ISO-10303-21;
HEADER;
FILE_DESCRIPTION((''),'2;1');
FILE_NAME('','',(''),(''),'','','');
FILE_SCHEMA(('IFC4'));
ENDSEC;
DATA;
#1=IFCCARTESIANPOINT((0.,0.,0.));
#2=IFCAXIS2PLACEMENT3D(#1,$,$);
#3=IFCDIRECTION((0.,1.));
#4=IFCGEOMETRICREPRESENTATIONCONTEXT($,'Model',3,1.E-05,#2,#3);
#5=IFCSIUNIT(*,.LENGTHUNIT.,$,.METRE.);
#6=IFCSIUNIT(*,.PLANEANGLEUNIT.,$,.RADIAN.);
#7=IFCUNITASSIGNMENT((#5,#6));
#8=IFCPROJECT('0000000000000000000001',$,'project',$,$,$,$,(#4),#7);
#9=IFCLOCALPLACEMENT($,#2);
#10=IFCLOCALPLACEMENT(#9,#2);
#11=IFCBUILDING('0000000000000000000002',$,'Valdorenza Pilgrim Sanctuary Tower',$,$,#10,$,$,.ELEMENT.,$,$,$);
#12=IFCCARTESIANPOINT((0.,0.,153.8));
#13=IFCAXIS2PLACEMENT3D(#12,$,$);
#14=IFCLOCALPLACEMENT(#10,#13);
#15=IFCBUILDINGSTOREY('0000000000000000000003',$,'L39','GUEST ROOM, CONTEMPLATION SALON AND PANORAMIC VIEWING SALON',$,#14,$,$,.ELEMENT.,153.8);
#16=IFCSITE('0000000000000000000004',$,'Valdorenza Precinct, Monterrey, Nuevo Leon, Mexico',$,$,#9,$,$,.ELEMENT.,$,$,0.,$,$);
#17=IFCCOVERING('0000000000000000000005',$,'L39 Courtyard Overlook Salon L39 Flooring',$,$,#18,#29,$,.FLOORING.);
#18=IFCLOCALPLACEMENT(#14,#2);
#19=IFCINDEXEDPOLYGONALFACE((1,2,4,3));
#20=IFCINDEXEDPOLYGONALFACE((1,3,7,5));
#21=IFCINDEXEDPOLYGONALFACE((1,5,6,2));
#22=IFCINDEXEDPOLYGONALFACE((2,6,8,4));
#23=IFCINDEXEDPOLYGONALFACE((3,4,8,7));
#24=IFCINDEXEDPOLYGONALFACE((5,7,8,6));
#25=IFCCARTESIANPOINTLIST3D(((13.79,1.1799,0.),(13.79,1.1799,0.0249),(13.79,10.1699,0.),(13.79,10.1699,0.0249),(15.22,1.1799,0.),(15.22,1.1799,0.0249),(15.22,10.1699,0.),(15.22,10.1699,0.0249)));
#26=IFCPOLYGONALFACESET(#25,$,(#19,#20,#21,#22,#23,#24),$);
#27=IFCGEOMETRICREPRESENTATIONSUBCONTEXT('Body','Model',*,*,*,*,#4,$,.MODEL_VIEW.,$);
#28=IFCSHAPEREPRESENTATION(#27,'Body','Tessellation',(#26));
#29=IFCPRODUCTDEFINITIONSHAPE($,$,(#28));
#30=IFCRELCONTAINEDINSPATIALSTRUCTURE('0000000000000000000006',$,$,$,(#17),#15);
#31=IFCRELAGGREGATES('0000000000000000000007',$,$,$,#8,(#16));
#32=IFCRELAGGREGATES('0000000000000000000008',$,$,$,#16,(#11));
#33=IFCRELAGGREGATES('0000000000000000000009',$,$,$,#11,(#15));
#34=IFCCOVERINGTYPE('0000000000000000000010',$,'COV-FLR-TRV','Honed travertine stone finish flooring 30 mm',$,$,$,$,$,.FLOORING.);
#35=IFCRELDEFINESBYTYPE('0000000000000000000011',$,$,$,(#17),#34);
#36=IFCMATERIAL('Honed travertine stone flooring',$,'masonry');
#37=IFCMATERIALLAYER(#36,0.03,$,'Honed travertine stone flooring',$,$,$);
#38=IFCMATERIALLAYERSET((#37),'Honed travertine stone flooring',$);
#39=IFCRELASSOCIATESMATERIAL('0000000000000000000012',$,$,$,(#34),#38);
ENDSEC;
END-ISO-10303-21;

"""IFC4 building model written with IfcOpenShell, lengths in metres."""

from ifc_helpers import new_model, si_unit, direction, frame, origin, place, context, subcontext, project, spatial, polyline, outline, extrude, material, layer, layer_set, type_object, element, save


model = new_model("IFC4")

# Units and contexts
model_context = context("Model", 3, precision=1e-05, world=origin(), true_north=direction((0.0, 1.0)))
body_context = subcontext(model_context, "Body", "Model", "MODEL_VIEW")
ifc_project = project(units=[si_unit("LENGTHUNIT", "METRE"), si_unit("PLANEANGLEUNIT", "RADIAN")], contexts=[model_context])

# Site, building, storey
site_placement = place(None, origin())
site = spatial("IfcSite", under=ifc_project, at=site_placement, Name="Valdorenza Precinct, Monterrey, Nuevo Leon, Mexico", CompositionType="ELEMENT", RefElevation=0.0)
building_placement = place(site_placement, origin())
building = spatial("IfcBuilding", under=site, at=building_placement, Name="Valdorenza Pilgrim Sanctuary Tower", CompositionType="ELEMENT")
storey_placement = place(building_placement, frame((0.0, 0.0, 153.8)))
storey = spatial("IfcBuildingStorey", under=building, at=storey_placement, Name="L39", Description="GUEST ROOM, CONTEMPLATION SALON AND PANORAMIC VIEWING SALON", CompositionType="ELEMENT", Elevation=153.8)

# Covering
ifc_material_1 = material(Name="Honed travertine stone flooring", Category="masonry")
ifc_layer_1 = layer(ifc_material_1, 0.03, Name="Honed travertine stone flooring")
ifc_layer_set_1 = layer_set([ifc_layer_1], Name="Honed travertine stone flooring")
covering_type_1 = type_object("IfcCoveringType", Name="COV-FLR-TRV", Description="Honed travertine stone finish flooring 30 mm", PredefinedType="FLOORING", material=ifc_layer_set_1)
covering_1_placement = place(storey_placement, origin())
element("IfcCovering", 1, at=covering_1_placement, inside=storey, type_object=covering_type_1, Name="L39 Courtyard Overlook Salon L39 Flooring", PredefinedType="FLOORING", context=body_context, shape_type="SweptSolid", body=[
    extrude(outline(polyline([(15.22, 1.1799), (13.79, 1.1799), (13.79, 10.1699), (15.22, 10.1699), (15.22, 1.1799)])), origin(), (0.0, 0.0, 1.0), 0.0249),
])

save(model, "model.ifc")
